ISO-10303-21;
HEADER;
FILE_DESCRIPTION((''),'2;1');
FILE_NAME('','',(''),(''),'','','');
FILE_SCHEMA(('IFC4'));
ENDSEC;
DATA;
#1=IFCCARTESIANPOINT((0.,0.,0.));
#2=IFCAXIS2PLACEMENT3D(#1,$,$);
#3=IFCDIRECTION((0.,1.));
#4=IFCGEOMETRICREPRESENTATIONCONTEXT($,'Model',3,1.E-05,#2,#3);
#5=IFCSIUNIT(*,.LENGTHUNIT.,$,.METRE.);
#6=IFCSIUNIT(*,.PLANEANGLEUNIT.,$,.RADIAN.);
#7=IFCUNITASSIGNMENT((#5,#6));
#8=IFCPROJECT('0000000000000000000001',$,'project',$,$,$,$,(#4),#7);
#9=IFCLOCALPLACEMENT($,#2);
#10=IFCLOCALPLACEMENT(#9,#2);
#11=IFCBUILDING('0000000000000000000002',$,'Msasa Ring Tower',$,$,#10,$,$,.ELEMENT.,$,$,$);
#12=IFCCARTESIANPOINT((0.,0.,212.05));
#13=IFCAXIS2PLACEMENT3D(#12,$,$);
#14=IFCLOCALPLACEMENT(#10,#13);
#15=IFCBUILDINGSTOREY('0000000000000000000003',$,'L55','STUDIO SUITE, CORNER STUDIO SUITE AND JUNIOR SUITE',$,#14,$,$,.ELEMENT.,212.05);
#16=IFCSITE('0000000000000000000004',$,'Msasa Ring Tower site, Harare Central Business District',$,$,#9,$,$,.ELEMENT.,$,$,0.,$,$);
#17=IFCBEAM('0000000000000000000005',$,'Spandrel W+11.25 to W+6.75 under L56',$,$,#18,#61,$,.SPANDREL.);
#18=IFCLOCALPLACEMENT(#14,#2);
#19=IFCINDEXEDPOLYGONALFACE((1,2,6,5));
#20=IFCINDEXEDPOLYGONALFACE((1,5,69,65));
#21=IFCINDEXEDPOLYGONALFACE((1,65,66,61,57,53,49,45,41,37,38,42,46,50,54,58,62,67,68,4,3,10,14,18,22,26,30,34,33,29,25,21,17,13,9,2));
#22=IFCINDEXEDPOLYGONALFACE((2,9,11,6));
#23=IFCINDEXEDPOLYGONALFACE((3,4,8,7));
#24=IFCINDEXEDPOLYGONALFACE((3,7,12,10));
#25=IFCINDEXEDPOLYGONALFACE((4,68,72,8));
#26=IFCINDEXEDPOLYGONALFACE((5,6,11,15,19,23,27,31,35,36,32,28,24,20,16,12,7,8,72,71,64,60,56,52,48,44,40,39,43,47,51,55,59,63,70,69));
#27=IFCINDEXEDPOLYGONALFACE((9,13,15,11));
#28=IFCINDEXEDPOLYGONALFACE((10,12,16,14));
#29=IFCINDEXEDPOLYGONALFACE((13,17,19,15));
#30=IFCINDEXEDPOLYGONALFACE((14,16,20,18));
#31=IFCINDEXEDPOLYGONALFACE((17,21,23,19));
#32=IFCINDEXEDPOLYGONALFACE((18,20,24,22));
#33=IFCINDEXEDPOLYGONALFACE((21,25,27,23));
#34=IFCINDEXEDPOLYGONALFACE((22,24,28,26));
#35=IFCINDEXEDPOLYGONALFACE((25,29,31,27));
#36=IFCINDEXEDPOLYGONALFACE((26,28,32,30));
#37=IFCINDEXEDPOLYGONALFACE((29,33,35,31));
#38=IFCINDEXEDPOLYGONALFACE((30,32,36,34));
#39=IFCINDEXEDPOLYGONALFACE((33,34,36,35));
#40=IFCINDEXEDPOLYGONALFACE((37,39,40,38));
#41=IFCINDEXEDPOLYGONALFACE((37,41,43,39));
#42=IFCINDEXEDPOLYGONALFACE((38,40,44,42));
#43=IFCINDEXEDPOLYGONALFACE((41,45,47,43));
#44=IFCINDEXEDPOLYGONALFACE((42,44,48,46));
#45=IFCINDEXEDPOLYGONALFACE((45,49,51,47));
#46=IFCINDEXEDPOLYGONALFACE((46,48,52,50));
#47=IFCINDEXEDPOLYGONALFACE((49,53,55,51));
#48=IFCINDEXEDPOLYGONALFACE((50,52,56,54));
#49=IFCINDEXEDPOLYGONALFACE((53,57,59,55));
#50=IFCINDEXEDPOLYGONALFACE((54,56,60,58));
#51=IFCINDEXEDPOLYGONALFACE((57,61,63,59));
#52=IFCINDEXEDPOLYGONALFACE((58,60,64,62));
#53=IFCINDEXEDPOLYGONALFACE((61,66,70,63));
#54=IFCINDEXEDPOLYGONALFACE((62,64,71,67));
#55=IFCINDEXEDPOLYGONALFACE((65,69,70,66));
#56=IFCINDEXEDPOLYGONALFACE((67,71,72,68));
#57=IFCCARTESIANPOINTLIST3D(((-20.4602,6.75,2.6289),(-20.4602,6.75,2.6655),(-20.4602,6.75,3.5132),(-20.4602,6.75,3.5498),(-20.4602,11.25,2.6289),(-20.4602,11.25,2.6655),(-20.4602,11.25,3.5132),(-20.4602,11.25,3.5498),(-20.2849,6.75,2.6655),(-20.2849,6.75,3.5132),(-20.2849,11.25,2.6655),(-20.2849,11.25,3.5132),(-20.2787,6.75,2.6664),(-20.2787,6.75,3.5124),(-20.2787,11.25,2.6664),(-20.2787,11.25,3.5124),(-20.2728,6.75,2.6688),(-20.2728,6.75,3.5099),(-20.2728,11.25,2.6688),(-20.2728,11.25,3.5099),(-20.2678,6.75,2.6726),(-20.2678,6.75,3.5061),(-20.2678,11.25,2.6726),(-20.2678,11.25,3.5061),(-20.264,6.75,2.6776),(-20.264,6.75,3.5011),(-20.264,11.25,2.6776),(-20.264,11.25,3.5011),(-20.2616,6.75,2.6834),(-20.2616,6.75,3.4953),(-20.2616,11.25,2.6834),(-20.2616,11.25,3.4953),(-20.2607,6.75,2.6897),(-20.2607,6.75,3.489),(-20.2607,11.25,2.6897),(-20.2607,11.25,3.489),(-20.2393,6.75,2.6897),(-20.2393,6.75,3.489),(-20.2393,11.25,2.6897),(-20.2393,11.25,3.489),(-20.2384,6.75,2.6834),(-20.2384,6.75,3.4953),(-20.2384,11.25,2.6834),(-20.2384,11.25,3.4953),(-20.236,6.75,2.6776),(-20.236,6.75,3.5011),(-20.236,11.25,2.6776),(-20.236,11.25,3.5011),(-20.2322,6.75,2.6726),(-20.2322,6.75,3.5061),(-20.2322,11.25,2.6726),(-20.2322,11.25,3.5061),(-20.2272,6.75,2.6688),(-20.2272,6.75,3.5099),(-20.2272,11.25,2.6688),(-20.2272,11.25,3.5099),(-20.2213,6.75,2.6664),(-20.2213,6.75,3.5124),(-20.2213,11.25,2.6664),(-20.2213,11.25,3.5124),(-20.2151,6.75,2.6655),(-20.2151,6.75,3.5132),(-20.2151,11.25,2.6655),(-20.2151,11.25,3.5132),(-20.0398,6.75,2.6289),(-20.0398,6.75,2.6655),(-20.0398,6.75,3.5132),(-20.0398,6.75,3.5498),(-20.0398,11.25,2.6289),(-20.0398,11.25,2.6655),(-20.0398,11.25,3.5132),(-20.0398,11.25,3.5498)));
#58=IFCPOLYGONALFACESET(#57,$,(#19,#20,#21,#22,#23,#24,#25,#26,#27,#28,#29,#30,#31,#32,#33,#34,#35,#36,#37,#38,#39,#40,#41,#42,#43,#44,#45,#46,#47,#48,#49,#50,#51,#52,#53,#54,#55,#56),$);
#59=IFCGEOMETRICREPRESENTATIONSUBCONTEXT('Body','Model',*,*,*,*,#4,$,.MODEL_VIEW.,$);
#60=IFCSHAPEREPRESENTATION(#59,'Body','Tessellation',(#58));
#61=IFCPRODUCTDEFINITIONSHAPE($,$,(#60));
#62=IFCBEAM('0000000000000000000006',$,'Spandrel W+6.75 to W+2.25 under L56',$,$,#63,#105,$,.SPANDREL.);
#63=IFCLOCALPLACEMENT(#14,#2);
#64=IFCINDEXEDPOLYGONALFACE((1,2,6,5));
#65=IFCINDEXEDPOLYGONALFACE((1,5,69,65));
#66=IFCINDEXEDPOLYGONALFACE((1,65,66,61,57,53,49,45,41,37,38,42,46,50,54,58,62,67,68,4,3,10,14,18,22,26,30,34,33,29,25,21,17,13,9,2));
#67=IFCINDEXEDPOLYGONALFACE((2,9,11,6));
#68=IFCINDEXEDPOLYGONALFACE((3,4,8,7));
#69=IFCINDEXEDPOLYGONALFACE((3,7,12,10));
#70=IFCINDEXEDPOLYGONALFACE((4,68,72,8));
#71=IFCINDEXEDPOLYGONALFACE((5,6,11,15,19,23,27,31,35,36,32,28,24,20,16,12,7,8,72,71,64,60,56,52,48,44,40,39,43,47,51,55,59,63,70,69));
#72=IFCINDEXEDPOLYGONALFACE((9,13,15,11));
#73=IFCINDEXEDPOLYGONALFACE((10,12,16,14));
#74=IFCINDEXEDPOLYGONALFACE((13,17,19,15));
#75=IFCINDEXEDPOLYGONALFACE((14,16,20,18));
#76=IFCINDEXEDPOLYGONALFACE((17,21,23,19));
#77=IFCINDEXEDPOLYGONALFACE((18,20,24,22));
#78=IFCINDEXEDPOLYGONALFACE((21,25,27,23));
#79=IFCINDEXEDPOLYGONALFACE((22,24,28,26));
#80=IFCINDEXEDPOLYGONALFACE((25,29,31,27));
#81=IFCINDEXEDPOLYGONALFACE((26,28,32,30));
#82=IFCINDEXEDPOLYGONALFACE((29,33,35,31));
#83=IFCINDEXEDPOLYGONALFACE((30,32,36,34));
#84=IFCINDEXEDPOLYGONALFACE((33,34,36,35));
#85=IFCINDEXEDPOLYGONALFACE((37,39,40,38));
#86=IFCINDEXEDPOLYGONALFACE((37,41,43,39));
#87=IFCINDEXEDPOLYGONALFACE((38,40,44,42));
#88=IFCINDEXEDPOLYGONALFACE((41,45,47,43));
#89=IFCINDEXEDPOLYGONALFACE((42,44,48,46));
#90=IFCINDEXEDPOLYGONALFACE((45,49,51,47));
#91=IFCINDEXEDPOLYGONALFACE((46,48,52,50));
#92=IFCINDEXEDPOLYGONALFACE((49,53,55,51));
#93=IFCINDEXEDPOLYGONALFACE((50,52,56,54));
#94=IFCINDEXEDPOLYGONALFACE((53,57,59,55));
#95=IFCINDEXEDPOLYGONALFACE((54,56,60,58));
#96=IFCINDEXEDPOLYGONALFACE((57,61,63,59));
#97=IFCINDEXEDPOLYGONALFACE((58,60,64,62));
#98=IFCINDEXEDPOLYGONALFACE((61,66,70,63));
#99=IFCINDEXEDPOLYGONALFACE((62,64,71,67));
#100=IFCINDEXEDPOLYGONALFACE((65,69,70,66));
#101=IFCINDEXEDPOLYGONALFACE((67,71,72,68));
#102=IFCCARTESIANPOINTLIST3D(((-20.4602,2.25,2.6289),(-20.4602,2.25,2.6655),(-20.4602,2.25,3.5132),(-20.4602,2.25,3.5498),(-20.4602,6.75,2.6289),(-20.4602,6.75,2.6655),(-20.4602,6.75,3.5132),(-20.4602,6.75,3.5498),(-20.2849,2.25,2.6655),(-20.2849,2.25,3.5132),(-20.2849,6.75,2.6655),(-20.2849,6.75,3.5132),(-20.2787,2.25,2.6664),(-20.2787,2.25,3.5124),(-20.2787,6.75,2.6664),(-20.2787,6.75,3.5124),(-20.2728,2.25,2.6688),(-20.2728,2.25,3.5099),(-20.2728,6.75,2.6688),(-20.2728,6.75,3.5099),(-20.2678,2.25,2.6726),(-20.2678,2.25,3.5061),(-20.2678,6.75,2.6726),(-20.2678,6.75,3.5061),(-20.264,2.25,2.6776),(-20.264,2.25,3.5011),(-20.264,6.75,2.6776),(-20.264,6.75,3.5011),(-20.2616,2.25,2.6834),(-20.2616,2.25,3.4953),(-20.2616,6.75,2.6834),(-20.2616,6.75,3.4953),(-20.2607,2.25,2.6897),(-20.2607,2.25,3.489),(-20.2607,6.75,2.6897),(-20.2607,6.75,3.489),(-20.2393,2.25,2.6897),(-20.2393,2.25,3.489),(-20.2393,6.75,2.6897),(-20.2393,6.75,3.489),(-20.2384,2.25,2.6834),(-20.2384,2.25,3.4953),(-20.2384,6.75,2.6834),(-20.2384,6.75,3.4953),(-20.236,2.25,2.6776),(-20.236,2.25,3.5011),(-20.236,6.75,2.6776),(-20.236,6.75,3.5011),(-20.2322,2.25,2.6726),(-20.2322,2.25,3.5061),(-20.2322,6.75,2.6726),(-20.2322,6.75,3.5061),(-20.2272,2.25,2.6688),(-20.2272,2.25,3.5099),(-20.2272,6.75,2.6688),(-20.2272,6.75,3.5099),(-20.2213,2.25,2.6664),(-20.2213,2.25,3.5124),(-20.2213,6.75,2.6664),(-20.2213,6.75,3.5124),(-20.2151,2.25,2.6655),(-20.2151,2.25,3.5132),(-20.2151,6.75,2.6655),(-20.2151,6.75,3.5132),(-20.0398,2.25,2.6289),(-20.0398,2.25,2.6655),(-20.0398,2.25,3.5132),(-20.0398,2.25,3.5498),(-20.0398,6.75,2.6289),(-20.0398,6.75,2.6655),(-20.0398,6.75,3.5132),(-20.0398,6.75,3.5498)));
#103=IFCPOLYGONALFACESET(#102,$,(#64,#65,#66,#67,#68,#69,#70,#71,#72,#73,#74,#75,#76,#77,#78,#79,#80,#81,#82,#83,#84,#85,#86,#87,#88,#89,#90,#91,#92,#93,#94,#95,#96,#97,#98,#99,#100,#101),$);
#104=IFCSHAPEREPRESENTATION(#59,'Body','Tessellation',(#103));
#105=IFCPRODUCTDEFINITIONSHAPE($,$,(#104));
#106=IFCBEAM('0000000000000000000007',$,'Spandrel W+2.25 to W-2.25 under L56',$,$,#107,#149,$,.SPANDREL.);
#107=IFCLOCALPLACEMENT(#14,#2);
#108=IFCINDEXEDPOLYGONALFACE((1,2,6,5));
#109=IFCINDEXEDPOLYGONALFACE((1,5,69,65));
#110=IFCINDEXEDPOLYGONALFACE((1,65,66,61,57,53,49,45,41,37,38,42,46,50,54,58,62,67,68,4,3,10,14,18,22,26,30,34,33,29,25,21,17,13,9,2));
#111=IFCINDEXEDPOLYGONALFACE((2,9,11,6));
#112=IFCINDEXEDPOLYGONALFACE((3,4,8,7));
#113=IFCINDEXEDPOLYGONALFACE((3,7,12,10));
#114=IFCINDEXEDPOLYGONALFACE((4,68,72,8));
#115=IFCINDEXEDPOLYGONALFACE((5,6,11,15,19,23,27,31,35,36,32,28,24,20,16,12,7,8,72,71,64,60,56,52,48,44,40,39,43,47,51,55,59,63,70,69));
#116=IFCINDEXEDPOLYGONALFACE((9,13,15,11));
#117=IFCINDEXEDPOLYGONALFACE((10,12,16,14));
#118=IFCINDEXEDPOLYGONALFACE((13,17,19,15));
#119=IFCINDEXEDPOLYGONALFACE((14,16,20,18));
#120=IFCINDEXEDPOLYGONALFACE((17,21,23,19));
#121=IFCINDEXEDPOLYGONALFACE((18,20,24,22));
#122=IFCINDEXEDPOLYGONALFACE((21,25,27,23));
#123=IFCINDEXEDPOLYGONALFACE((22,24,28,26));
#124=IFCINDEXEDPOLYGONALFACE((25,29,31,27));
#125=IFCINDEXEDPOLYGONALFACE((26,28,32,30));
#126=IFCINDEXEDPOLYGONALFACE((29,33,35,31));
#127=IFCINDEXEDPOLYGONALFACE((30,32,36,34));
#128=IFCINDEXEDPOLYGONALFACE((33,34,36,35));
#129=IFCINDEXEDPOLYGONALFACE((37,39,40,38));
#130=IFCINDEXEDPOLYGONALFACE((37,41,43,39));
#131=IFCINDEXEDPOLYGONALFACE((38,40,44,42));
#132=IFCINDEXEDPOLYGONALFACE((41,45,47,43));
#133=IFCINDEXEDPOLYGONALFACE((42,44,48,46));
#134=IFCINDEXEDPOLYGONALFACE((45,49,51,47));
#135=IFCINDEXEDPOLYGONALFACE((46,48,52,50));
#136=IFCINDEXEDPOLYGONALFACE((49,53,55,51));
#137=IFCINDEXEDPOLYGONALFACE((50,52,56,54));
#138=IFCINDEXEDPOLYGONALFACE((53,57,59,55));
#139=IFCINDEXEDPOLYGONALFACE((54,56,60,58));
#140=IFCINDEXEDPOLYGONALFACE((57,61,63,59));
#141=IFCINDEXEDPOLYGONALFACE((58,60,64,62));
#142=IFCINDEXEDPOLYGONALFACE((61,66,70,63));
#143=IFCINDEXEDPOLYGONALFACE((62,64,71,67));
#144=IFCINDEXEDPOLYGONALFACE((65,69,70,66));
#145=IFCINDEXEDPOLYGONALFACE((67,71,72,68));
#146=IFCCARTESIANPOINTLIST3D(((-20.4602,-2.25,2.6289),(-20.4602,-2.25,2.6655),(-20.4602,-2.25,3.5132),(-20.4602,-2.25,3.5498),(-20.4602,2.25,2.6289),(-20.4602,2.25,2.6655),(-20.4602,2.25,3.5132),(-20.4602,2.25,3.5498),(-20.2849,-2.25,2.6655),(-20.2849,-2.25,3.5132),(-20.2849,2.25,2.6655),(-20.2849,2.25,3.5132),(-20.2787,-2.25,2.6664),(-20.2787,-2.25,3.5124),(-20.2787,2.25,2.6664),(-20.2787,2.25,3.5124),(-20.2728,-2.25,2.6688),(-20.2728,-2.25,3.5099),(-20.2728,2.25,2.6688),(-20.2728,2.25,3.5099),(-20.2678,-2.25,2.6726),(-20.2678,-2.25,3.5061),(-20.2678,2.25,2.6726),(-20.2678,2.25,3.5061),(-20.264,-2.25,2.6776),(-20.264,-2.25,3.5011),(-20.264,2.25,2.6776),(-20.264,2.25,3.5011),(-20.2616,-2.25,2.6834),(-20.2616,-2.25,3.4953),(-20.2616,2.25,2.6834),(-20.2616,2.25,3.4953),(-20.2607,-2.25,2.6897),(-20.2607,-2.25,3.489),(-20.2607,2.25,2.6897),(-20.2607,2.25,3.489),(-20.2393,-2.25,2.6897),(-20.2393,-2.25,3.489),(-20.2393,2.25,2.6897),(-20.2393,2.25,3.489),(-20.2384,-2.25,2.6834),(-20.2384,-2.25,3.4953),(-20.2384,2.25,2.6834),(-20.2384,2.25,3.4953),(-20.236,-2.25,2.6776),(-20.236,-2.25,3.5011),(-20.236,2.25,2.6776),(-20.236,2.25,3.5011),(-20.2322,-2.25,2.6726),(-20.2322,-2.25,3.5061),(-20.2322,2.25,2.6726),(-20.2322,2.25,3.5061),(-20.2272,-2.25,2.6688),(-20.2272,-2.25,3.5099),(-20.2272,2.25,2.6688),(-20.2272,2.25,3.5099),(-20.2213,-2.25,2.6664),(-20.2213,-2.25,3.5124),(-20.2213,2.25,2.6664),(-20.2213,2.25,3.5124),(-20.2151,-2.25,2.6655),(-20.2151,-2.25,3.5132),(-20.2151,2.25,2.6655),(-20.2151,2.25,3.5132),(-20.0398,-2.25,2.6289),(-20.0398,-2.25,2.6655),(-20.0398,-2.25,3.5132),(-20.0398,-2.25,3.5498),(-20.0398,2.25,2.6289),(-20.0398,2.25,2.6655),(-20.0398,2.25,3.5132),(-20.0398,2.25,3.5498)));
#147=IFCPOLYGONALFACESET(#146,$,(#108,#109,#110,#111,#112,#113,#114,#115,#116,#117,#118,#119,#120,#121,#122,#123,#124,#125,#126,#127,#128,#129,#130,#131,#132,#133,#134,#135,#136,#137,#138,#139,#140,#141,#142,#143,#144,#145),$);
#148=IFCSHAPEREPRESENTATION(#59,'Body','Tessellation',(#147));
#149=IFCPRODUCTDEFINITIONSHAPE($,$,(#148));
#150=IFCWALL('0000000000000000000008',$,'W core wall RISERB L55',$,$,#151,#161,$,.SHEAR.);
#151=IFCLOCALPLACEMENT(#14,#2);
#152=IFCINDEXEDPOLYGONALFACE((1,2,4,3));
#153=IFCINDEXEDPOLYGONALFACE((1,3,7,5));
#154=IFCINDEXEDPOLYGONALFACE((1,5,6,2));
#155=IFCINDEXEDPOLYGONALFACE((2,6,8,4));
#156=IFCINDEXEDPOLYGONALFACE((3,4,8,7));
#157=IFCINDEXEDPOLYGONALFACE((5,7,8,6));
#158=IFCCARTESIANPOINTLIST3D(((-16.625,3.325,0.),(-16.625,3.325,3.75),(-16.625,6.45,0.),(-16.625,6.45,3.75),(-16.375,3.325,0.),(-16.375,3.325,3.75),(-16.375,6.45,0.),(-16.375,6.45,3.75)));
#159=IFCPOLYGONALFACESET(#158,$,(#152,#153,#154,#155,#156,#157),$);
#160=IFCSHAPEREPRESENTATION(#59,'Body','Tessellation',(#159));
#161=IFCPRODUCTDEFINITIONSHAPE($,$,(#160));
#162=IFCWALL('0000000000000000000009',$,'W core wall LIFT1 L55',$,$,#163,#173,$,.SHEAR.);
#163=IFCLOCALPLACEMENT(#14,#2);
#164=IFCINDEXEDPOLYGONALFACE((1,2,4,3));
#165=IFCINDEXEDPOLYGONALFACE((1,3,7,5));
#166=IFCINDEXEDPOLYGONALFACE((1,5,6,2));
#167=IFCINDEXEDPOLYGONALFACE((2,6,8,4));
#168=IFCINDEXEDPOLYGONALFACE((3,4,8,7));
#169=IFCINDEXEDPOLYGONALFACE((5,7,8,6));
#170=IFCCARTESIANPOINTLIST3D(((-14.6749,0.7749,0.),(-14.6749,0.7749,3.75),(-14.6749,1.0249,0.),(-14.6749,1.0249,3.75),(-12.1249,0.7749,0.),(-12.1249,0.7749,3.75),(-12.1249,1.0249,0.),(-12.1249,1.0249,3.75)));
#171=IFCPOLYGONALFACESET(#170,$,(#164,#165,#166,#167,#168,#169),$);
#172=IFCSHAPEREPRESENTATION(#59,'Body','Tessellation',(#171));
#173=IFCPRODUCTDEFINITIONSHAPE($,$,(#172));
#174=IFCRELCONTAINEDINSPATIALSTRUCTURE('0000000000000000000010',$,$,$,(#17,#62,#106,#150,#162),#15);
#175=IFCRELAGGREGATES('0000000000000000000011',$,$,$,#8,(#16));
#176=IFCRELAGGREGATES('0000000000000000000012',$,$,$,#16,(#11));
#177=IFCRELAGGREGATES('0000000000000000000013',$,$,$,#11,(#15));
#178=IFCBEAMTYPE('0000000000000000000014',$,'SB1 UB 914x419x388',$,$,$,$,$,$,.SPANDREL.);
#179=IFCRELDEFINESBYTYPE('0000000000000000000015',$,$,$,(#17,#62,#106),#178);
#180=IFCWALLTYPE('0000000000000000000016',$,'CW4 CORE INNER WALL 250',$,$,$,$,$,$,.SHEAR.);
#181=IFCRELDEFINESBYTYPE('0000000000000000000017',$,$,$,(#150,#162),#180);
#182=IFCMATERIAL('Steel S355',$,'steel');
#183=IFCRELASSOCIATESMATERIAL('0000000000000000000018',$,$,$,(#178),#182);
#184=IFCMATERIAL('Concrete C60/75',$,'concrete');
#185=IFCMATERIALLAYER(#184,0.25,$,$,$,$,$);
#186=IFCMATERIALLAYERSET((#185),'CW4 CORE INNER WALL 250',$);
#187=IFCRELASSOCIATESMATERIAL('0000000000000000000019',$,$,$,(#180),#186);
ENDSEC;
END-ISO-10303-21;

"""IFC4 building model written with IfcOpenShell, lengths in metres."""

from ifc_helpers import new_model, si_unit, direction, frame, frame_2d, origin, origin_2d, place, context, subcontext, project, spatial, rectangle, i_section, extrude, material, layer, layer_set, material_profile, profile_set, type_object, element, save


model = new_model("IFC4")

# Units and contexts
model_context = context("Model", 3, precision=1e-05, world=origin(), true_north=direction((0.0, 1.0)))
body_context = subcontext(model_context, "Body", "Model", "MODEL_VIEW")
ifc_project = project(units=[si_unit("LENGTHUNIT", "METRE"), si_unit("PLANEANGLEUNIT", "RADIAN")], contexts=[model_context])

# Site, building, storey
site_placement = place(None, origin())
site = spatial("IfcSite", under=ifc_project, at=site_placement, Name="Msasa Ring Tower site, Harare Central Business District", CompositionType="ELEMENT", RefElevation=0.0)
building_placement = place(site_placement, origin())
building = spatial("IfcBuilding", under=site, at=building_placement, Name="Msasa Ring Tower", CompositionType="ELEMENT")
storey_placement = place(building_placement, frame((0.0, 0.0, 212.05)))
storey = spatial("IfcBuildingStorey", under=building, at=storey_placement, Name="L55", Description="STUDIO SUITE, CORNER STUDIO SUITE AND JUNIOR SUITE", CompositionType="ELEMENT", Elevation=212.05)

# Beams
ifc_material_1 = material(Name="Steel S355", Category="steel")
ifc_material_profile_1 = material_profile(ifc_material_1, i_section(OverallWidth=0.4204, OverallDepth=0.9209, WebThickness=0.0215, FlangeThickness=0.0366, FilletRadius=0.0242, at=origin_2d()), Name="UB 914x419x388")
ifc_profile_set_1 = profile_set([ifc_material_profile_1], Name="Steel S355")
beam_type_1 = type_object("IfcBeamType", Name="SB1 UB 914x419x388", PredefinedType="SPANDREL", material=ifc_profile_set_1)
for number, where, z_axis, x_axis, name in (
    (1, (-20.25, 11.25, 3.0894), (0.0, -1.0, 0.0), (1.0, 0.0, 0.0), "Spandrel W+11.25 to W+6.75 under L56"),
    (2, (-20.25, 6.75, 3.0894), (0.0, -1.0, 0.0), (1.0, 0.0, 0.0), "Spandrel W+6.75 to W+2.25 under L56"),
    (3, (-20.25, 2.25, 3.0894), (0.0, -1.0, 0.0), (1.0, 0.0, 0.0), "Spandrel W+2.25 to W-2.25 under L56"),
):
    element("IfcBeam", number, at=place(storey_placement, frame(where, z_axis=z_axis, x_axis=x_axis)), inside=storey, type_object=beam_type_1, Name=name, PredefinedType="SPANDREL", context=body_context, shape_type="SweptSolid", body=[
        extrude(i_section(OverallWidth=0.4204, OverallDepth=0.9209, WebThickness=0.0215, FlangeThickness=0.0366, FilletRadius=0.0242, at=origin_2d()), origin(), (0.0, 0.0, 1.0), 4.5),
    ])

# Walls
ifc_material_2 = material(Name="Concrete C60/75", Category="concrete")
ifc_layer_1 = layer(ifc_material_2, 0.25)
ifc_layer_set_1 = layer_set([ifc_layer_1], Name="CW4 CORE INNER WALL 250")
wall_type_1 = type_object("IfcWallType", Name="CW4 CORE INNER WALL 250", PredefinedType="SHEAR", material=ifc_layer_set_1)
wall_1_placement = place(storey_placement, frame((-16.5, 3.325, 0.0), z_axis=(0.0, 0.0, 1.0), x_axis=(0.0, 1.0, 0.0)))
element("IfcWall", 4, at=wall_1_placement, inside=storey, type_object=wall_type_1, Name="W core wall RISERB L55", PredefinedType="SHEAR", context=body_context, shape_type="SweptSolid", body=[
    extrude(rectangle(XDim=3.125, YDim=0.25, at=frame_2d((1.5625, 0.0))), origin(), (0.0, 0.0, 1.0), 3.75),
])
wall_2_placement = place(storey_placement, frame((-12.125, 0.8999, 0.0), z_axis=(0.0, 0.0, 1.0), x_axis=(-1.0, 0.0, 0.0)))
element("IfcWall", 5, at=wall_2_placement, inside=storey, type_object=wall_type_1, Name="W core wall LIFT1 L55", PredefinedType="SHEAR", context=body_context, shape_type="SweptSolid", body=[
    extrude(rectangle(XDim=2.55, YDim=0.25, at=frame_2d((1.2749, 0.0))), origin(), (0.0, 0.0, 1.0), 3.75),
])

save(model, "model.ifc")
